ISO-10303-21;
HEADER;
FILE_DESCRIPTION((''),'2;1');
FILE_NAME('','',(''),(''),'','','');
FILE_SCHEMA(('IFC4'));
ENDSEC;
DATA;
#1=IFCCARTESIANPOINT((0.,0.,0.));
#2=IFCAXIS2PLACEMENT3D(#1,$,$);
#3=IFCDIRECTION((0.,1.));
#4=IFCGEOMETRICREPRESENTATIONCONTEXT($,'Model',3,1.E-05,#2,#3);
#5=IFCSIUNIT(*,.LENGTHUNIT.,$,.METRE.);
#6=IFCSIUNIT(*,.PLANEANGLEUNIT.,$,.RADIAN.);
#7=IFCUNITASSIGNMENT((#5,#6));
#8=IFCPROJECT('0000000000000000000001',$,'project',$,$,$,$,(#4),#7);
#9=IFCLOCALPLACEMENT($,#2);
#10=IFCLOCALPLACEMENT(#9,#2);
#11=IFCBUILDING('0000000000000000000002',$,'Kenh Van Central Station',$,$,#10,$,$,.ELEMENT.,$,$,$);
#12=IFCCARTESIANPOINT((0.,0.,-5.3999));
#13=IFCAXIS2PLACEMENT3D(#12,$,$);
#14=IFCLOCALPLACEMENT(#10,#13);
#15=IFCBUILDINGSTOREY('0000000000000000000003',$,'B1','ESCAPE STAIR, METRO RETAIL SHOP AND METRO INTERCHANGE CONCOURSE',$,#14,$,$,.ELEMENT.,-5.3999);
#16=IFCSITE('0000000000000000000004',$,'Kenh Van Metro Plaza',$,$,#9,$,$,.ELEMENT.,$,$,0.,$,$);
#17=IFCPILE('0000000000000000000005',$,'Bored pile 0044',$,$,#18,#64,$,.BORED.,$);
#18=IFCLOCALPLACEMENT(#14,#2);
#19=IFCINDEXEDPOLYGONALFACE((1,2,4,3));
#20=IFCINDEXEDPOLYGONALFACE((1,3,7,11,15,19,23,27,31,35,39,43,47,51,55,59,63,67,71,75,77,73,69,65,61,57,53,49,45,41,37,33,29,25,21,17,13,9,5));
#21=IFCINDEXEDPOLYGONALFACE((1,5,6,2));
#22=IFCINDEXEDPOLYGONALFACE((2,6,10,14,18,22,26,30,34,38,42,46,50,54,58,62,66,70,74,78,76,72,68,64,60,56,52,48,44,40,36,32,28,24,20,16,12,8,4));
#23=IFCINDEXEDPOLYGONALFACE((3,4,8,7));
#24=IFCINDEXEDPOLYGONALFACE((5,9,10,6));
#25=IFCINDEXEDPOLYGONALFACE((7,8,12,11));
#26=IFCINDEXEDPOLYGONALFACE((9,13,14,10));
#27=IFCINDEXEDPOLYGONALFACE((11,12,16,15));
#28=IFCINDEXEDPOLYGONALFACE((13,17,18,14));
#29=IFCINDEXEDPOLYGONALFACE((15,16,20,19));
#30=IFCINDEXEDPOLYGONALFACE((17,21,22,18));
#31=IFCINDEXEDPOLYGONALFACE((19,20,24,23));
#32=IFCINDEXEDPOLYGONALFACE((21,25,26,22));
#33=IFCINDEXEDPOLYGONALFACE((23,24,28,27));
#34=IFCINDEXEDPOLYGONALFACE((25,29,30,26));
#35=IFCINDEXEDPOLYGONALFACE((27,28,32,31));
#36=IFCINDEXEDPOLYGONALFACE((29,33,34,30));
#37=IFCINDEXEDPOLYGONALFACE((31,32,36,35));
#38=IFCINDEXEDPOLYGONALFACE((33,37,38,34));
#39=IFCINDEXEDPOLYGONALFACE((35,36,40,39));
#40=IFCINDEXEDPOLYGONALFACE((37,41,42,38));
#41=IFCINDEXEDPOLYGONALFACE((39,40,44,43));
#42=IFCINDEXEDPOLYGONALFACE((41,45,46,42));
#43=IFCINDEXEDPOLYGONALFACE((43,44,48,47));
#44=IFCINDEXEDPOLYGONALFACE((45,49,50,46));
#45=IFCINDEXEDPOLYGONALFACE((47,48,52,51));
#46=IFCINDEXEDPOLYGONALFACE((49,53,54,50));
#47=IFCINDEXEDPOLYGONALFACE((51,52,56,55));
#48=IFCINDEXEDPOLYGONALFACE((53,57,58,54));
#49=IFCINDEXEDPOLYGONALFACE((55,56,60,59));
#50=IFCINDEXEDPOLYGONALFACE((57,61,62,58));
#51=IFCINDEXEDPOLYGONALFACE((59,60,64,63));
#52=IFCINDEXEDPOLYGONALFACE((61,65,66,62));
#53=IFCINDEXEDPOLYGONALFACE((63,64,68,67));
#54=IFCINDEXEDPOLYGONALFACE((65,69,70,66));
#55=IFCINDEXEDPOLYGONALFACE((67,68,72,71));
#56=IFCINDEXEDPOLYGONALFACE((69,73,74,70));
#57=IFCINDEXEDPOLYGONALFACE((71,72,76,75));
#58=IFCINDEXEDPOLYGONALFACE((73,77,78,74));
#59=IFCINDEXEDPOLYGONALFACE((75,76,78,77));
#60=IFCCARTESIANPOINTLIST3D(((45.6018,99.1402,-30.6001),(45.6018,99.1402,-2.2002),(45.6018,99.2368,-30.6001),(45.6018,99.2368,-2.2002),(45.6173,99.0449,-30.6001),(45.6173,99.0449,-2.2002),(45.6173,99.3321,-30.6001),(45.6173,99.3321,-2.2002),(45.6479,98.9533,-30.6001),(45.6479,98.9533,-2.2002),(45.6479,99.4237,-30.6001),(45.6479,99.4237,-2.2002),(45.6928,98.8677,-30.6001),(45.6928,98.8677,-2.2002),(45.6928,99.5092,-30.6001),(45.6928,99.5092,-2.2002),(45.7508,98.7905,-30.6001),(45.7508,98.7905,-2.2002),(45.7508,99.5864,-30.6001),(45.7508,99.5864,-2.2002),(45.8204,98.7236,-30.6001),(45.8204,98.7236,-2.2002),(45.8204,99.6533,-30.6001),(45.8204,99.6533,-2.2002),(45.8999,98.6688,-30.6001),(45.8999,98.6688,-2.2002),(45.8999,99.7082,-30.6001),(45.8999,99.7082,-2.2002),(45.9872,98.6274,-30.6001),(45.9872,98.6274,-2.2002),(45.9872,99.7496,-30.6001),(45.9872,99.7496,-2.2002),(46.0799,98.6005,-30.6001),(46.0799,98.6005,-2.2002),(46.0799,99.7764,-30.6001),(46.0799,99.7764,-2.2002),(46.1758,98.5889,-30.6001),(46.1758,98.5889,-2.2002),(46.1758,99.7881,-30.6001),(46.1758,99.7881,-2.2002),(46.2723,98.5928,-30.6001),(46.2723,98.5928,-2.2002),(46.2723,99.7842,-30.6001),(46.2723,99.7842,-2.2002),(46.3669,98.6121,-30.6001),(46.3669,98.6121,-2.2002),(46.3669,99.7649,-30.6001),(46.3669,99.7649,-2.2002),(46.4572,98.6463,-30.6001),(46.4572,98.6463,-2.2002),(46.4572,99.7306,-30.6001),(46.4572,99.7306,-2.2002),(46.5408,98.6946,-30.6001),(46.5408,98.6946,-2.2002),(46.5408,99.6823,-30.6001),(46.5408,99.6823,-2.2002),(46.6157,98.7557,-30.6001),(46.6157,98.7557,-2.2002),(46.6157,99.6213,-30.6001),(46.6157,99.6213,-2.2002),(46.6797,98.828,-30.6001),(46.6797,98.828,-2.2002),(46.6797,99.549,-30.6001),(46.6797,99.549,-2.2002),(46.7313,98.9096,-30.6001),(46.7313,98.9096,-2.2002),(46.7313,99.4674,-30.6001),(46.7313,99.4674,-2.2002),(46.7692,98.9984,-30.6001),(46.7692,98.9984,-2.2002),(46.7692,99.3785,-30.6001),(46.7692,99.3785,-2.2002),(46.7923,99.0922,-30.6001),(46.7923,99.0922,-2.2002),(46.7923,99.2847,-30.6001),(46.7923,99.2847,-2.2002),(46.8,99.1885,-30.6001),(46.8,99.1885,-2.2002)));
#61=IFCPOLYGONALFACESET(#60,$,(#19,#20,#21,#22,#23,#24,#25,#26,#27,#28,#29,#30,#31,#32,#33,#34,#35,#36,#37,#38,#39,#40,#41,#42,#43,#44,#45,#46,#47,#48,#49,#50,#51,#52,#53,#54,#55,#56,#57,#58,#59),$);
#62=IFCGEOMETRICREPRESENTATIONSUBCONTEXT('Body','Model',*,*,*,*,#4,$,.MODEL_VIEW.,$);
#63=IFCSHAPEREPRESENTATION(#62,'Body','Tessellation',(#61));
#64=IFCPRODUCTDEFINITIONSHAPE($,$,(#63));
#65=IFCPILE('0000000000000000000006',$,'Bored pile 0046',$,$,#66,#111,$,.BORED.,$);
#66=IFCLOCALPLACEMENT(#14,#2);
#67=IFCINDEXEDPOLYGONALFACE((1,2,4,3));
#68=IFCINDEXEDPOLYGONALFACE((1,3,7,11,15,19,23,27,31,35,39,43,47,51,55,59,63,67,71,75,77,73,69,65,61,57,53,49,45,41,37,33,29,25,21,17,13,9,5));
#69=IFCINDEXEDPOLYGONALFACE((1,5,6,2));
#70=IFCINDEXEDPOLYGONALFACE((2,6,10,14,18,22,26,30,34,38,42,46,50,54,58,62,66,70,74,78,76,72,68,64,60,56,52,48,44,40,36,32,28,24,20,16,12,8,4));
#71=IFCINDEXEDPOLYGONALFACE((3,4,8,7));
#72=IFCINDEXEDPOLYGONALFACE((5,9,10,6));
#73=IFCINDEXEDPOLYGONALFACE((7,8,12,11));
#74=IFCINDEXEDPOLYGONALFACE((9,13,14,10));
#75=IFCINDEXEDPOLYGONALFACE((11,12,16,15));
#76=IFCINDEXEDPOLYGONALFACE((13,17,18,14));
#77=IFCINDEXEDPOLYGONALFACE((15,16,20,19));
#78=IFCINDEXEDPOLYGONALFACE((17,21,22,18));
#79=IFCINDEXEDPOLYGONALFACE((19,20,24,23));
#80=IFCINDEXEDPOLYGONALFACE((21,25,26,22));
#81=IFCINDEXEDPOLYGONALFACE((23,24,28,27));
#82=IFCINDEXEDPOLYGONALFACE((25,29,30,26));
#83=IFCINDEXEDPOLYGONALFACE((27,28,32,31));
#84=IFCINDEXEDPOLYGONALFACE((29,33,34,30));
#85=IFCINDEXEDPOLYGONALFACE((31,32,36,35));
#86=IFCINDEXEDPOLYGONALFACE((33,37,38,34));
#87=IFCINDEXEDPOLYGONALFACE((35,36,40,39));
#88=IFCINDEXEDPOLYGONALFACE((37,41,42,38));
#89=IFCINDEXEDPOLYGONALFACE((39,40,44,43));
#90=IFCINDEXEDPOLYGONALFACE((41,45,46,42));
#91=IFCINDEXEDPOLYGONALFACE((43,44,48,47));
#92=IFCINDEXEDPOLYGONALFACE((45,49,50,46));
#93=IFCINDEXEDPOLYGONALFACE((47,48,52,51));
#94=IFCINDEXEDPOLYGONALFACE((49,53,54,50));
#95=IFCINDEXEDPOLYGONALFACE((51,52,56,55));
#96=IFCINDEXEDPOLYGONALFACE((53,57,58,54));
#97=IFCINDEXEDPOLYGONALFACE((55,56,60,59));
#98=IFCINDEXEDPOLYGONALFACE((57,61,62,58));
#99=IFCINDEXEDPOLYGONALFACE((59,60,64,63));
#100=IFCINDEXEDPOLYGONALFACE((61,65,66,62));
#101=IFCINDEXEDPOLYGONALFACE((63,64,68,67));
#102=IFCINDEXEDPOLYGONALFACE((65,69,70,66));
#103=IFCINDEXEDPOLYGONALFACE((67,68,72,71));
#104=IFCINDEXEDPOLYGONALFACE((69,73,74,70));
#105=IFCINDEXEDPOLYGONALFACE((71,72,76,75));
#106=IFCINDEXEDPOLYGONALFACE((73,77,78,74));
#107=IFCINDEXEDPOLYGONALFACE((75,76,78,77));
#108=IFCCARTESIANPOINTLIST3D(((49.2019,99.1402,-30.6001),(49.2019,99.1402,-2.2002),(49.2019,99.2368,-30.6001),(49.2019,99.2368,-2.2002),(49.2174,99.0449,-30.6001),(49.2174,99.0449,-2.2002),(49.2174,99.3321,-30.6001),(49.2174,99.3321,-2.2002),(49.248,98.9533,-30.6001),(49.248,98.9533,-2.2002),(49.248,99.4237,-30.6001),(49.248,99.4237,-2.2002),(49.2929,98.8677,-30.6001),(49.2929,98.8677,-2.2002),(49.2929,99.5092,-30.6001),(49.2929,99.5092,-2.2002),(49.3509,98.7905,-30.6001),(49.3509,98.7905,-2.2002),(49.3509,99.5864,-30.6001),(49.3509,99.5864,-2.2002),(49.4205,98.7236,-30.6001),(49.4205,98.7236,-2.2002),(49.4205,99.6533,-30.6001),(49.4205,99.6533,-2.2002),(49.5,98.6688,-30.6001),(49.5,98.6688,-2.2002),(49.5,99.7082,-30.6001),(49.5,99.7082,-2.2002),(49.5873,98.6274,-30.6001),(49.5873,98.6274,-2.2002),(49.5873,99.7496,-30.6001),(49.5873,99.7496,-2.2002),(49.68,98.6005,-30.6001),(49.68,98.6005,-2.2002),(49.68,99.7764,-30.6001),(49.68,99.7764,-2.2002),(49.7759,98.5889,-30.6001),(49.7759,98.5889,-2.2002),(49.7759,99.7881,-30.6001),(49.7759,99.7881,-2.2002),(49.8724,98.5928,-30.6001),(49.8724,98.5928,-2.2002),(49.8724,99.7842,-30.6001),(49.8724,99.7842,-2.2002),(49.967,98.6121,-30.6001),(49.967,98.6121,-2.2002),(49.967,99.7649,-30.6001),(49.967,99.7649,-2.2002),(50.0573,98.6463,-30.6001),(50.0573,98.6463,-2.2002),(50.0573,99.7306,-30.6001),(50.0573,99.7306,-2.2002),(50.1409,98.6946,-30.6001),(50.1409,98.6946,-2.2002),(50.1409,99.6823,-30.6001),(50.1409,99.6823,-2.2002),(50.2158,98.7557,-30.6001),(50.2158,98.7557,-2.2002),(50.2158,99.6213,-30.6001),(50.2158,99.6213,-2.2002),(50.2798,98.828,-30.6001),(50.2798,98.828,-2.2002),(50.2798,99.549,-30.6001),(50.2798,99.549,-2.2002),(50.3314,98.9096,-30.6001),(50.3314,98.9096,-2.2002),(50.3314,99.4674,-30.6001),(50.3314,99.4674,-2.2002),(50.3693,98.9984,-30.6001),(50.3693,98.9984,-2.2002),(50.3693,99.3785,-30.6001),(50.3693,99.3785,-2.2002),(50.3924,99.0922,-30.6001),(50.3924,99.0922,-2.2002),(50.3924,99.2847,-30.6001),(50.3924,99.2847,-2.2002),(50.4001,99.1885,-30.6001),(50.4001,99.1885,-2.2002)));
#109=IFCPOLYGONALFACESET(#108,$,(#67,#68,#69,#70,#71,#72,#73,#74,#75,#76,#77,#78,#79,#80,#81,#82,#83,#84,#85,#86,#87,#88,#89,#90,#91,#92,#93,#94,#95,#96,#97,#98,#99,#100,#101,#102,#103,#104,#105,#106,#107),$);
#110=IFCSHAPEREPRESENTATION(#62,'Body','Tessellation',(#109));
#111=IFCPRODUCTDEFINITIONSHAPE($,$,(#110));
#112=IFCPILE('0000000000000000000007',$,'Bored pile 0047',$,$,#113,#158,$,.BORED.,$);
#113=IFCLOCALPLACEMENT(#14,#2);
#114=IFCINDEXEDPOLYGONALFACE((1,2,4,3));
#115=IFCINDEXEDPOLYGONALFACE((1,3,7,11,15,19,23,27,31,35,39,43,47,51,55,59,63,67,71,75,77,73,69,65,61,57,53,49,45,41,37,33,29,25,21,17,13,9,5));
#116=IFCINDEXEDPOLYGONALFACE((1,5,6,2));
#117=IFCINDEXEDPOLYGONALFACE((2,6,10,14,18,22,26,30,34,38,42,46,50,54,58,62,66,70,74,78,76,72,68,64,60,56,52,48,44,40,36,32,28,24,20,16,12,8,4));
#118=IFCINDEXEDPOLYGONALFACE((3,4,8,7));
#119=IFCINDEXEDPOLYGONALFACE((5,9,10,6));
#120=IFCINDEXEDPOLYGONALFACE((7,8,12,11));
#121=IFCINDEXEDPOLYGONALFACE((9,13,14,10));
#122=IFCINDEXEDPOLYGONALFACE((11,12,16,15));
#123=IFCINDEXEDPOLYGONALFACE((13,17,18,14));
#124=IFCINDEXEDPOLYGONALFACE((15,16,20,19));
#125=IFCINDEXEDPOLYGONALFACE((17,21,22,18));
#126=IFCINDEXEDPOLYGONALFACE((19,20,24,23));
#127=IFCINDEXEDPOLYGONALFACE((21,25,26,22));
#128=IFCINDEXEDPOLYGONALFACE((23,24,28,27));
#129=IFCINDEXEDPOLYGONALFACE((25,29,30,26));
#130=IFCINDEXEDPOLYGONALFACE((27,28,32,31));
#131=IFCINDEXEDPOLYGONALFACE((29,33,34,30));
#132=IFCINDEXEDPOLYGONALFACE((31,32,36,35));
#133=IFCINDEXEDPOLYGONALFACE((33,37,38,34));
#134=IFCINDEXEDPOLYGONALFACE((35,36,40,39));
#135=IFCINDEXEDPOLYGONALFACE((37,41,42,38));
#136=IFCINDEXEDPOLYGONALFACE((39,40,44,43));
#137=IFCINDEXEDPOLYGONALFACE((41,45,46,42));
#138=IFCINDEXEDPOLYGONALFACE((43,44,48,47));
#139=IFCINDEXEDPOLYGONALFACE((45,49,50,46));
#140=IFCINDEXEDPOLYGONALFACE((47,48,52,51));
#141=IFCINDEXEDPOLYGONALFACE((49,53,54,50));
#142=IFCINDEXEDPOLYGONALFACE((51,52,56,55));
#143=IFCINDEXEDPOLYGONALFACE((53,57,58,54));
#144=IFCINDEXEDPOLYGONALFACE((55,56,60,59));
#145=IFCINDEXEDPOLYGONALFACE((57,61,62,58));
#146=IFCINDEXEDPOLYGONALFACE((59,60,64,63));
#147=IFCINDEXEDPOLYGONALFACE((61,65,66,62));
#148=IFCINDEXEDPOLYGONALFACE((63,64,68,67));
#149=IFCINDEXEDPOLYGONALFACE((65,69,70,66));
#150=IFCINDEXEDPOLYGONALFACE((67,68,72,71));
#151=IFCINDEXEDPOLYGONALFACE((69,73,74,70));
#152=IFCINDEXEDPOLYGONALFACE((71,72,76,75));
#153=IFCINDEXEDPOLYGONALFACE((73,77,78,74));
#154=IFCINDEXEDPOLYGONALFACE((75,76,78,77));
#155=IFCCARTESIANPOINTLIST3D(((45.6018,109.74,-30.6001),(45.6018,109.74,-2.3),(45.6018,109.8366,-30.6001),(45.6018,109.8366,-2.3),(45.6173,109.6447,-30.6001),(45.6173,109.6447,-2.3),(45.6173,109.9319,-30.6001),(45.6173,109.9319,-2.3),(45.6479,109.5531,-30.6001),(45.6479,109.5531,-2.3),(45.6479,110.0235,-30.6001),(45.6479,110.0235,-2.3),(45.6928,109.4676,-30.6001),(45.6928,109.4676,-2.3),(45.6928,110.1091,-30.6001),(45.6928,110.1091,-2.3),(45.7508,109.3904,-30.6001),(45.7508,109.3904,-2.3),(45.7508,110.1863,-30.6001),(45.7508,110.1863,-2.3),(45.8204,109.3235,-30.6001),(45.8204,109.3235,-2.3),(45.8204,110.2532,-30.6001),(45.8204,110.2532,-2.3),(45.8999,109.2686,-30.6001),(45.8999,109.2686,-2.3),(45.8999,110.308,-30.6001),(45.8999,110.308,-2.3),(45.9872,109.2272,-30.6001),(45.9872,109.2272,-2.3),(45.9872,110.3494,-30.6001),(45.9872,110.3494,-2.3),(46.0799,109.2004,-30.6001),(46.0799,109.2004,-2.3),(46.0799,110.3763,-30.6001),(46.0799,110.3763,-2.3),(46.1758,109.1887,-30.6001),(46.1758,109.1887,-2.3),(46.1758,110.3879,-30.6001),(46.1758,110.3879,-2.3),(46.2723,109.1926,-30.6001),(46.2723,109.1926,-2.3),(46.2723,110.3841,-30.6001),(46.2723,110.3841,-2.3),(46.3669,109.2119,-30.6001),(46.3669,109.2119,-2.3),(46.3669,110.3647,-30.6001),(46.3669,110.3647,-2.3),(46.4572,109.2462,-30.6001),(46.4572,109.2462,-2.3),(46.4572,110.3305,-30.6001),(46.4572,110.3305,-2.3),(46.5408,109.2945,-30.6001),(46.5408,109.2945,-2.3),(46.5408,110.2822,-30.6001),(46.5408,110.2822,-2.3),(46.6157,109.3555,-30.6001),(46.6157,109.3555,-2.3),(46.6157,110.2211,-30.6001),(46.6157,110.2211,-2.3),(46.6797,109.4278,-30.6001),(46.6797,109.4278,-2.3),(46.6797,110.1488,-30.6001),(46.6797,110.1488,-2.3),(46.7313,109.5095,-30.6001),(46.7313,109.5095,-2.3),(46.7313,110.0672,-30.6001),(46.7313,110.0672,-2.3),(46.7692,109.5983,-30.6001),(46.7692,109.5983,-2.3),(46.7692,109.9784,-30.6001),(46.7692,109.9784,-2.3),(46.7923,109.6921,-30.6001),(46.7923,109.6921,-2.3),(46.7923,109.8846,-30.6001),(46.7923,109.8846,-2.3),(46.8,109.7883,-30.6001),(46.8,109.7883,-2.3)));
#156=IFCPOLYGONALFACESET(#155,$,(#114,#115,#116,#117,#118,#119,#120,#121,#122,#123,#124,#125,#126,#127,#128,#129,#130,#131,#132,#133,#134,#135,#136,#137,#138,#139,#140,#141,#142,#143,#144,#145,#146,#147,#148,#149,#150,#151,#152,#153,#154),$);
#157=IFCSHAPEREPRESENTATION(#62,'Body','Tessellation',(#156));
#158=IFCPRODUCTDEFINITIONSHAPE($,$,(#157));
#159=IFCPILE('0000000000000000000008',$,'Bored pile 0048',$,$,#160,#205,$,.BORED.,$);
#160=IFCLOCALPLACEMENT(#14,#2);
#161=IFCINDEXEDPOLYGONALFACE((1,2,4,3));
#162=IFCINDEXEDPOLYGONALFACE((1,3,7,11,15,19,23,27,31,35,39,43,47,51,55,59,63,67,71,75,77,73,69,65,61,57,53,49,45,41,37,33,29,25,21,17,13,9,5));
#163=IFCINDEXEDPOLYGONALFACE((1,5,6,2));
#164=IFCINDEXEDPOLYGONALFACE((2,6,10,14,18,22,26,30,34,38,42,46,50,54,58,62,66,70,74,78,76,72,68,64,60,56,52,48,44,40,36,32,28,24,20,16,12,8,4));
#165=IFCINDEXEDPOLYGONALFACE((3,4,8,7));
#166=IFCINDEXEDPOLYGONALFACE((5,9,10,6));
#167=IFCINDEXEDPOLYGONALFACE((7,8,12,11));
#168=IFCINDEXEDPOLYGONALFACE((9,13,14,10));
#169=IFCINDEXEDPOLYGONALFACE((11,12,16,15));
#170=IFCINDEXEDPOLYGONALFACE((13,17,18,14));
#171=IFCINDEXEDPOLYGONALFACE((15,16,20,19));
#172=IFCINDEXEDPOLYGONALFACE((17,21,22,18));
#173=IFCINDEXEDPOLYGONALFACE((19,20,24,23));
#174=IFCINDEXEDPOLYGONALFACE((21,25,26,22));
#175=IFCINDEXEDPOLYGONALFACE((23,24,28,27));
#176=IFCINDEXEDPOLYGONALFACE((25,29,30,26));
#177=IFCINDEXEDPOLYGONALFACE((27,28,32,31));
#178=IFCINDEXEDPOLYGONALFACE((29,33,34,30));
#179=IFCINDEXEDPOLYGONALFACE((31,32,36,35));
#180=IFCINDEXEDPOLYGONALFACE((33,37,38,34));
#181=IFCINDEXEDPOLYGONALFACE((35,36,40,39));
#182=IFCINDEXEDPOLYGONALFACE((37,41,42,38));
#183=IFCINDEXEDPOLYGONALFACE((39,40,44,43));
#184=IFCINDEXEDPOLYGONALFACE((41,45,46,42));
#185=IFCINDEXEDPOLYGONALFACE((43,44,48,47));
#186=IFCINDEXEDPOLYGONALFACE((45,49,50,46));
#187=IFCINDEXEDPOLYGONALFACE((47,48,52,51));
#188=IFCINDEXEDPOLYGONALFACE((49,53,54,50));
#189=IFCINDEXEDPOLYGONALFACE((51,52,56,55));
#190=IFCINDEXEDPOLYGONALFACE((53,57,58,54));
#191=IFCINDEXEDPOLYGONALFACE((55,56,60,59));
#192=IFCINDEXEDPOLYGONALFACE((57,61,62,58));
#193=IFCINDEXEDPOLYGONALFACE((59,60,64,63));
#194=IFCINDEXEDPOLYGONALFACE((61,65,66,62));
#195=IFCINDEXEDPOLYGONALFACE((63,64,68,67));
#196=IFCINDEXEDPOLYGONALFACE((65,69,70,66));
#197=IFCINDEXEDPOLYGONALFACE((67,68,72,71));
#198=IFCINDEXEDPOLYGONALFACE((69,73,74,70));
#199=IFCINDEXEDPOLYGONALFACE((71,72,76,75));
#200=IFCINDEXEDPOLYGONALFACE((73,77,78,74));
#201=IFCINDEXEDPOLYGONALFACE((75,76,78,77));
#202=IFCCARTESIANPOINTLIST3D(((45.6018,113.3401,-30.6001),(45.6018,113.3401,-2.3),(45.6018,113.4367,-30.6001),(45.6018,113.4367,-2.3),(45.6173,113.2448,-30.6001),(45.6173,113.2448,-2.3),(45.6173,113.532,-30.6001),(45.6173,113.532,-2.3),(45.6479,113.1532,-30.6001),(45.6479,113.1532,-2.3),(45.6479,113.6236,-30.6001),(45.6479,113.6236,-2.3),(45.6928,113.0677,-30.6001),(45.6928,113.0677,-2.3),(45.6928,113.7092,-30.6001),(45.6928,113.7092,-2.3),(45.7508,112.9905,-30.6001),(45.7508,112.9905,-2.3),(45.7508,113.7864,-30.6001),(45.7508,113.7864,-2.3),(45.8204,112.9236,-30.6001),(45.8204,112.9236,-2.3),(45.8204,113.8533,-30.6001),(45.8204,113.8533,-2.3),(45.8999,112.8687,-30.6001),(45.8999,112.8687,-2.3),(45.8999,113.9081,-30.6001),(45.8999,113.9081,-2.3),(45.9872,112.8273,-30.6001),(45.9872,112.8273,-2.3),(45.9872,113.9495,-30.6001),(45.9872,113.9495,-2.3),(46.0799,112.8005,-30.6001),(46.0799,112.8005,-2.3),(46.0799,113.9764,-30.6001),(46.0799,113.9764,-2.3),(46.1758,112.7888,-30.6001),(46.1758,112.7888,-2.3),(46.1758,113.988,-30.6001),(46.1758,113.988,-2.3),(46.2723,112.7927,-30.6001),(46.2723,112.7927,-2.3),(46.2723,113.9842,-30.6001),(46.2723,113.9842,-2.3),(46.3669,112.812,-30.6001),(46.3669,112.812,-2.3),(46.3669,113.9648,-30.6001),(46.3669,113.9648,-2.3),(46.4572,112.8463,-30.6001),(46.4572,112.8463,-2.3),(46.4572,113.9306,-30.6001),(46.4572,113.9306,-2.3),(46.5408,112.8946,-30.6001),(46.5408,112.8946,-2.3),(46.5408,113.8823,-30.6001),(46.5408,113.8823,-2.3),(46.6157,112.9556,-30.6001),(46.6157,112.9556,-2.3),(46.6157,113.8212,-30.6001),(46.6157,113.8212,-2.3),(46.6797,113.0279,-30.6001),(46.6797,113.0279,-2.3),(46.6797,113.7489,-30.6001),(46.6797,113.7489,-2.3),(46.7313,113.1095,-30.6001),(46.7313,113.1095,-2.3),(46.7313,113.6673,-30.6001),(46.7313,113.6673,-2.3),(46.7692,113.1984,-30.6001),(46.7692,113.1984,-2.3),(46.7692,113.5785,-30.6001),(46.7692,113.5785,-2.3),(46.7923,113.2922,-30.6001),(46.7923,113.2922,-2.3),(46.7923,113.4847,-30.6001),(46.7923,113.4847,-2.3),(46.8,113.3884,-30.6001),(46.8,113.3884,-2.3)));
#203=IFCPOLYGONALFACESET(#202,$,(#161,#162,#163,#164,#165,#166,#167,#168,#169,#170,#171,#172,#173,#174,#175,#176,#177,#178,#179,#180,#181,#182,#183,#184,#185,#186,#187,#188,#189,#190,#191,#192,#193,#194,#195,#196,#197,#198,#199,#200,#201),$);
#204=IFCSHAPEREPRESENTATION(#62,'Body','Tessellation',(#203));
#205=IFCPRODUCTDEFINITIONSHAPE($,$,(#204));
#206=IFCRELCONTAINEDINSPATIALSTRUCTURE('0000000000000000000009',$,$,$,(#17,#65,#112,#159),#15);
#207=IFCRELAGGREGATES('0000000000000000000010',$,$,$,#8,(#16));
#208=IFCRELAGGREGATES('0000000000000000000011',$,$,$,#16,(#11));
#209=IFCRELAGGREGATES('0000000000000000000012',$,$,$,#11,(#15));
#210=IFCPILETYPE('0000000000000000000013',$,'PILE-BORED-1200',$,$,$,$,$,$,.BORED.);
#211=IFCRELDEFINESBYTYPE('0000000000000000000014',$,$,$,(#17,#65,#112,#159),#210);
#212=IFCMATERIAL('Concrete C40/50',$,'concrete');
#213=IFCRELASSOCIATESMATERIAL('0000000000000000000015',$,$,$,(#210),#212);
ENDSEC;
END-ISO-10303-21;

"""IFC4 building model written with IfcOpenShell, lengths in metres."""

from ifc_helpers import new_model, si_unit, direction, frame, origin, origin_2d, place, context, subcontext, project, spatial, circle, extrude, material, material_profile, profile_set, type_object, element, save


model = new_model("IFC4")

# Units and contexts
model_context = context("Model", 3, precision=1e-05, world=origin(), true_north=direction((0.0, 1.0)))
body_context = subcontext(model_context, "Body", "Model", "MODEL_VIEW")
ifc_project = project(units=[si_unit("LENGTHUNIT", "METRE"), si_unit("PLANEANGLEUNIT", "RADIAN")], contexts=[model_context])

# Site, building, storey
site_placement = place(None, origin())
site = spatial("IfcSite", under=ifc_project, at=site_placement, Name="Kenh Van Metro Plaza", CompositionType="ELEMENT", RefElevation=0.0)
building_placement = place(site_placement, origin())
building = spatial("IfcBuilding", under=site, at=building_placement, Name="Kenh Van Central Station", CompositionType="ELEMENT")
storey_placement = place(building_placement, frame((0.0, 0.0, -5.3999)))
storey = spatial("IfcBuildingStorey", under=building, at=storey_placement, Name="B1", Description="ESCAPE STAIR, METRO RETAIL SHOP AND METRO INTERCHANGE CONCOURSE", CompositionType="ELEMENT", Elevation=-5.3999)

# Shared definitions
ifc_material = material(Name="Concrete C40/50", Category="concrete")

# Piles
ifc_material_profile_1 = material_profile(ifc_material, circle(Radius=0.6001, at=origin_2d()), Name="PILE D1200")
ifc_profile_set_1 = profile_set([ifc_material_profile_1], Name="Concrete C40/50")
pile_type_1 = type_object("IfcPileType", Name="PILE-BORED-1200", PredefinedType="BORED", material=ifc_profile_set_1)
for number, where, z_axis, x_axis, name in (
    (1, (46.2, 99.1885, -2.2002), (0.0, 0.0, -1.0), (1.0, 0.0, 0.0), "Bored pile 0044"),
    (2, (49.8, 99.1885, -2.2002), (0.0, 0.0, -1.0), (1.0, 0.0, 0.0), "Bored pile 0046"),
):
    element("IfcPile", number, at=place(storey_placement, frame(where, z_axis=z_axis, x_axis=x_axis)), inside=storey, type_object=pile_type_1, Name=name, PredefinedType="BORED", context=body_context, shape_type="SweptSolid", body=[
        extrude(circle(Radius=0.6001, at=origin_2d()), origin(), (0.0, 0.0, 1.0), 28.3999),
    ])
for number, where, z_axis, x_axis, name in (
    (3, (46.2, 109.7883, -2.3), (0.0, 0.0, -1.0), (1.0, 0.0, 0.0), "Bored pile 0047"),
    (4, (46.2, 113.3884, -2.3), (0.0, 0.0, -1.0), (1.0, 0.0, 0.0), "Bored pile 0048"),
):
    element("IfcPile", number, at=place(storey_placement, frame(where, z_axis=z_axis, x_axis=x_axis)), inside=storey, type_object=pile_type_1, Name=name, PredefinedType="BORED", context=body_context, shape_type="SweptSolid", body=[
        extrude(circle(Radius=0.6001, at=origin_2d()), origin(), (0.0, 0.0, 1.0), 28.3),
    ])

save(model, "model.ifc")
